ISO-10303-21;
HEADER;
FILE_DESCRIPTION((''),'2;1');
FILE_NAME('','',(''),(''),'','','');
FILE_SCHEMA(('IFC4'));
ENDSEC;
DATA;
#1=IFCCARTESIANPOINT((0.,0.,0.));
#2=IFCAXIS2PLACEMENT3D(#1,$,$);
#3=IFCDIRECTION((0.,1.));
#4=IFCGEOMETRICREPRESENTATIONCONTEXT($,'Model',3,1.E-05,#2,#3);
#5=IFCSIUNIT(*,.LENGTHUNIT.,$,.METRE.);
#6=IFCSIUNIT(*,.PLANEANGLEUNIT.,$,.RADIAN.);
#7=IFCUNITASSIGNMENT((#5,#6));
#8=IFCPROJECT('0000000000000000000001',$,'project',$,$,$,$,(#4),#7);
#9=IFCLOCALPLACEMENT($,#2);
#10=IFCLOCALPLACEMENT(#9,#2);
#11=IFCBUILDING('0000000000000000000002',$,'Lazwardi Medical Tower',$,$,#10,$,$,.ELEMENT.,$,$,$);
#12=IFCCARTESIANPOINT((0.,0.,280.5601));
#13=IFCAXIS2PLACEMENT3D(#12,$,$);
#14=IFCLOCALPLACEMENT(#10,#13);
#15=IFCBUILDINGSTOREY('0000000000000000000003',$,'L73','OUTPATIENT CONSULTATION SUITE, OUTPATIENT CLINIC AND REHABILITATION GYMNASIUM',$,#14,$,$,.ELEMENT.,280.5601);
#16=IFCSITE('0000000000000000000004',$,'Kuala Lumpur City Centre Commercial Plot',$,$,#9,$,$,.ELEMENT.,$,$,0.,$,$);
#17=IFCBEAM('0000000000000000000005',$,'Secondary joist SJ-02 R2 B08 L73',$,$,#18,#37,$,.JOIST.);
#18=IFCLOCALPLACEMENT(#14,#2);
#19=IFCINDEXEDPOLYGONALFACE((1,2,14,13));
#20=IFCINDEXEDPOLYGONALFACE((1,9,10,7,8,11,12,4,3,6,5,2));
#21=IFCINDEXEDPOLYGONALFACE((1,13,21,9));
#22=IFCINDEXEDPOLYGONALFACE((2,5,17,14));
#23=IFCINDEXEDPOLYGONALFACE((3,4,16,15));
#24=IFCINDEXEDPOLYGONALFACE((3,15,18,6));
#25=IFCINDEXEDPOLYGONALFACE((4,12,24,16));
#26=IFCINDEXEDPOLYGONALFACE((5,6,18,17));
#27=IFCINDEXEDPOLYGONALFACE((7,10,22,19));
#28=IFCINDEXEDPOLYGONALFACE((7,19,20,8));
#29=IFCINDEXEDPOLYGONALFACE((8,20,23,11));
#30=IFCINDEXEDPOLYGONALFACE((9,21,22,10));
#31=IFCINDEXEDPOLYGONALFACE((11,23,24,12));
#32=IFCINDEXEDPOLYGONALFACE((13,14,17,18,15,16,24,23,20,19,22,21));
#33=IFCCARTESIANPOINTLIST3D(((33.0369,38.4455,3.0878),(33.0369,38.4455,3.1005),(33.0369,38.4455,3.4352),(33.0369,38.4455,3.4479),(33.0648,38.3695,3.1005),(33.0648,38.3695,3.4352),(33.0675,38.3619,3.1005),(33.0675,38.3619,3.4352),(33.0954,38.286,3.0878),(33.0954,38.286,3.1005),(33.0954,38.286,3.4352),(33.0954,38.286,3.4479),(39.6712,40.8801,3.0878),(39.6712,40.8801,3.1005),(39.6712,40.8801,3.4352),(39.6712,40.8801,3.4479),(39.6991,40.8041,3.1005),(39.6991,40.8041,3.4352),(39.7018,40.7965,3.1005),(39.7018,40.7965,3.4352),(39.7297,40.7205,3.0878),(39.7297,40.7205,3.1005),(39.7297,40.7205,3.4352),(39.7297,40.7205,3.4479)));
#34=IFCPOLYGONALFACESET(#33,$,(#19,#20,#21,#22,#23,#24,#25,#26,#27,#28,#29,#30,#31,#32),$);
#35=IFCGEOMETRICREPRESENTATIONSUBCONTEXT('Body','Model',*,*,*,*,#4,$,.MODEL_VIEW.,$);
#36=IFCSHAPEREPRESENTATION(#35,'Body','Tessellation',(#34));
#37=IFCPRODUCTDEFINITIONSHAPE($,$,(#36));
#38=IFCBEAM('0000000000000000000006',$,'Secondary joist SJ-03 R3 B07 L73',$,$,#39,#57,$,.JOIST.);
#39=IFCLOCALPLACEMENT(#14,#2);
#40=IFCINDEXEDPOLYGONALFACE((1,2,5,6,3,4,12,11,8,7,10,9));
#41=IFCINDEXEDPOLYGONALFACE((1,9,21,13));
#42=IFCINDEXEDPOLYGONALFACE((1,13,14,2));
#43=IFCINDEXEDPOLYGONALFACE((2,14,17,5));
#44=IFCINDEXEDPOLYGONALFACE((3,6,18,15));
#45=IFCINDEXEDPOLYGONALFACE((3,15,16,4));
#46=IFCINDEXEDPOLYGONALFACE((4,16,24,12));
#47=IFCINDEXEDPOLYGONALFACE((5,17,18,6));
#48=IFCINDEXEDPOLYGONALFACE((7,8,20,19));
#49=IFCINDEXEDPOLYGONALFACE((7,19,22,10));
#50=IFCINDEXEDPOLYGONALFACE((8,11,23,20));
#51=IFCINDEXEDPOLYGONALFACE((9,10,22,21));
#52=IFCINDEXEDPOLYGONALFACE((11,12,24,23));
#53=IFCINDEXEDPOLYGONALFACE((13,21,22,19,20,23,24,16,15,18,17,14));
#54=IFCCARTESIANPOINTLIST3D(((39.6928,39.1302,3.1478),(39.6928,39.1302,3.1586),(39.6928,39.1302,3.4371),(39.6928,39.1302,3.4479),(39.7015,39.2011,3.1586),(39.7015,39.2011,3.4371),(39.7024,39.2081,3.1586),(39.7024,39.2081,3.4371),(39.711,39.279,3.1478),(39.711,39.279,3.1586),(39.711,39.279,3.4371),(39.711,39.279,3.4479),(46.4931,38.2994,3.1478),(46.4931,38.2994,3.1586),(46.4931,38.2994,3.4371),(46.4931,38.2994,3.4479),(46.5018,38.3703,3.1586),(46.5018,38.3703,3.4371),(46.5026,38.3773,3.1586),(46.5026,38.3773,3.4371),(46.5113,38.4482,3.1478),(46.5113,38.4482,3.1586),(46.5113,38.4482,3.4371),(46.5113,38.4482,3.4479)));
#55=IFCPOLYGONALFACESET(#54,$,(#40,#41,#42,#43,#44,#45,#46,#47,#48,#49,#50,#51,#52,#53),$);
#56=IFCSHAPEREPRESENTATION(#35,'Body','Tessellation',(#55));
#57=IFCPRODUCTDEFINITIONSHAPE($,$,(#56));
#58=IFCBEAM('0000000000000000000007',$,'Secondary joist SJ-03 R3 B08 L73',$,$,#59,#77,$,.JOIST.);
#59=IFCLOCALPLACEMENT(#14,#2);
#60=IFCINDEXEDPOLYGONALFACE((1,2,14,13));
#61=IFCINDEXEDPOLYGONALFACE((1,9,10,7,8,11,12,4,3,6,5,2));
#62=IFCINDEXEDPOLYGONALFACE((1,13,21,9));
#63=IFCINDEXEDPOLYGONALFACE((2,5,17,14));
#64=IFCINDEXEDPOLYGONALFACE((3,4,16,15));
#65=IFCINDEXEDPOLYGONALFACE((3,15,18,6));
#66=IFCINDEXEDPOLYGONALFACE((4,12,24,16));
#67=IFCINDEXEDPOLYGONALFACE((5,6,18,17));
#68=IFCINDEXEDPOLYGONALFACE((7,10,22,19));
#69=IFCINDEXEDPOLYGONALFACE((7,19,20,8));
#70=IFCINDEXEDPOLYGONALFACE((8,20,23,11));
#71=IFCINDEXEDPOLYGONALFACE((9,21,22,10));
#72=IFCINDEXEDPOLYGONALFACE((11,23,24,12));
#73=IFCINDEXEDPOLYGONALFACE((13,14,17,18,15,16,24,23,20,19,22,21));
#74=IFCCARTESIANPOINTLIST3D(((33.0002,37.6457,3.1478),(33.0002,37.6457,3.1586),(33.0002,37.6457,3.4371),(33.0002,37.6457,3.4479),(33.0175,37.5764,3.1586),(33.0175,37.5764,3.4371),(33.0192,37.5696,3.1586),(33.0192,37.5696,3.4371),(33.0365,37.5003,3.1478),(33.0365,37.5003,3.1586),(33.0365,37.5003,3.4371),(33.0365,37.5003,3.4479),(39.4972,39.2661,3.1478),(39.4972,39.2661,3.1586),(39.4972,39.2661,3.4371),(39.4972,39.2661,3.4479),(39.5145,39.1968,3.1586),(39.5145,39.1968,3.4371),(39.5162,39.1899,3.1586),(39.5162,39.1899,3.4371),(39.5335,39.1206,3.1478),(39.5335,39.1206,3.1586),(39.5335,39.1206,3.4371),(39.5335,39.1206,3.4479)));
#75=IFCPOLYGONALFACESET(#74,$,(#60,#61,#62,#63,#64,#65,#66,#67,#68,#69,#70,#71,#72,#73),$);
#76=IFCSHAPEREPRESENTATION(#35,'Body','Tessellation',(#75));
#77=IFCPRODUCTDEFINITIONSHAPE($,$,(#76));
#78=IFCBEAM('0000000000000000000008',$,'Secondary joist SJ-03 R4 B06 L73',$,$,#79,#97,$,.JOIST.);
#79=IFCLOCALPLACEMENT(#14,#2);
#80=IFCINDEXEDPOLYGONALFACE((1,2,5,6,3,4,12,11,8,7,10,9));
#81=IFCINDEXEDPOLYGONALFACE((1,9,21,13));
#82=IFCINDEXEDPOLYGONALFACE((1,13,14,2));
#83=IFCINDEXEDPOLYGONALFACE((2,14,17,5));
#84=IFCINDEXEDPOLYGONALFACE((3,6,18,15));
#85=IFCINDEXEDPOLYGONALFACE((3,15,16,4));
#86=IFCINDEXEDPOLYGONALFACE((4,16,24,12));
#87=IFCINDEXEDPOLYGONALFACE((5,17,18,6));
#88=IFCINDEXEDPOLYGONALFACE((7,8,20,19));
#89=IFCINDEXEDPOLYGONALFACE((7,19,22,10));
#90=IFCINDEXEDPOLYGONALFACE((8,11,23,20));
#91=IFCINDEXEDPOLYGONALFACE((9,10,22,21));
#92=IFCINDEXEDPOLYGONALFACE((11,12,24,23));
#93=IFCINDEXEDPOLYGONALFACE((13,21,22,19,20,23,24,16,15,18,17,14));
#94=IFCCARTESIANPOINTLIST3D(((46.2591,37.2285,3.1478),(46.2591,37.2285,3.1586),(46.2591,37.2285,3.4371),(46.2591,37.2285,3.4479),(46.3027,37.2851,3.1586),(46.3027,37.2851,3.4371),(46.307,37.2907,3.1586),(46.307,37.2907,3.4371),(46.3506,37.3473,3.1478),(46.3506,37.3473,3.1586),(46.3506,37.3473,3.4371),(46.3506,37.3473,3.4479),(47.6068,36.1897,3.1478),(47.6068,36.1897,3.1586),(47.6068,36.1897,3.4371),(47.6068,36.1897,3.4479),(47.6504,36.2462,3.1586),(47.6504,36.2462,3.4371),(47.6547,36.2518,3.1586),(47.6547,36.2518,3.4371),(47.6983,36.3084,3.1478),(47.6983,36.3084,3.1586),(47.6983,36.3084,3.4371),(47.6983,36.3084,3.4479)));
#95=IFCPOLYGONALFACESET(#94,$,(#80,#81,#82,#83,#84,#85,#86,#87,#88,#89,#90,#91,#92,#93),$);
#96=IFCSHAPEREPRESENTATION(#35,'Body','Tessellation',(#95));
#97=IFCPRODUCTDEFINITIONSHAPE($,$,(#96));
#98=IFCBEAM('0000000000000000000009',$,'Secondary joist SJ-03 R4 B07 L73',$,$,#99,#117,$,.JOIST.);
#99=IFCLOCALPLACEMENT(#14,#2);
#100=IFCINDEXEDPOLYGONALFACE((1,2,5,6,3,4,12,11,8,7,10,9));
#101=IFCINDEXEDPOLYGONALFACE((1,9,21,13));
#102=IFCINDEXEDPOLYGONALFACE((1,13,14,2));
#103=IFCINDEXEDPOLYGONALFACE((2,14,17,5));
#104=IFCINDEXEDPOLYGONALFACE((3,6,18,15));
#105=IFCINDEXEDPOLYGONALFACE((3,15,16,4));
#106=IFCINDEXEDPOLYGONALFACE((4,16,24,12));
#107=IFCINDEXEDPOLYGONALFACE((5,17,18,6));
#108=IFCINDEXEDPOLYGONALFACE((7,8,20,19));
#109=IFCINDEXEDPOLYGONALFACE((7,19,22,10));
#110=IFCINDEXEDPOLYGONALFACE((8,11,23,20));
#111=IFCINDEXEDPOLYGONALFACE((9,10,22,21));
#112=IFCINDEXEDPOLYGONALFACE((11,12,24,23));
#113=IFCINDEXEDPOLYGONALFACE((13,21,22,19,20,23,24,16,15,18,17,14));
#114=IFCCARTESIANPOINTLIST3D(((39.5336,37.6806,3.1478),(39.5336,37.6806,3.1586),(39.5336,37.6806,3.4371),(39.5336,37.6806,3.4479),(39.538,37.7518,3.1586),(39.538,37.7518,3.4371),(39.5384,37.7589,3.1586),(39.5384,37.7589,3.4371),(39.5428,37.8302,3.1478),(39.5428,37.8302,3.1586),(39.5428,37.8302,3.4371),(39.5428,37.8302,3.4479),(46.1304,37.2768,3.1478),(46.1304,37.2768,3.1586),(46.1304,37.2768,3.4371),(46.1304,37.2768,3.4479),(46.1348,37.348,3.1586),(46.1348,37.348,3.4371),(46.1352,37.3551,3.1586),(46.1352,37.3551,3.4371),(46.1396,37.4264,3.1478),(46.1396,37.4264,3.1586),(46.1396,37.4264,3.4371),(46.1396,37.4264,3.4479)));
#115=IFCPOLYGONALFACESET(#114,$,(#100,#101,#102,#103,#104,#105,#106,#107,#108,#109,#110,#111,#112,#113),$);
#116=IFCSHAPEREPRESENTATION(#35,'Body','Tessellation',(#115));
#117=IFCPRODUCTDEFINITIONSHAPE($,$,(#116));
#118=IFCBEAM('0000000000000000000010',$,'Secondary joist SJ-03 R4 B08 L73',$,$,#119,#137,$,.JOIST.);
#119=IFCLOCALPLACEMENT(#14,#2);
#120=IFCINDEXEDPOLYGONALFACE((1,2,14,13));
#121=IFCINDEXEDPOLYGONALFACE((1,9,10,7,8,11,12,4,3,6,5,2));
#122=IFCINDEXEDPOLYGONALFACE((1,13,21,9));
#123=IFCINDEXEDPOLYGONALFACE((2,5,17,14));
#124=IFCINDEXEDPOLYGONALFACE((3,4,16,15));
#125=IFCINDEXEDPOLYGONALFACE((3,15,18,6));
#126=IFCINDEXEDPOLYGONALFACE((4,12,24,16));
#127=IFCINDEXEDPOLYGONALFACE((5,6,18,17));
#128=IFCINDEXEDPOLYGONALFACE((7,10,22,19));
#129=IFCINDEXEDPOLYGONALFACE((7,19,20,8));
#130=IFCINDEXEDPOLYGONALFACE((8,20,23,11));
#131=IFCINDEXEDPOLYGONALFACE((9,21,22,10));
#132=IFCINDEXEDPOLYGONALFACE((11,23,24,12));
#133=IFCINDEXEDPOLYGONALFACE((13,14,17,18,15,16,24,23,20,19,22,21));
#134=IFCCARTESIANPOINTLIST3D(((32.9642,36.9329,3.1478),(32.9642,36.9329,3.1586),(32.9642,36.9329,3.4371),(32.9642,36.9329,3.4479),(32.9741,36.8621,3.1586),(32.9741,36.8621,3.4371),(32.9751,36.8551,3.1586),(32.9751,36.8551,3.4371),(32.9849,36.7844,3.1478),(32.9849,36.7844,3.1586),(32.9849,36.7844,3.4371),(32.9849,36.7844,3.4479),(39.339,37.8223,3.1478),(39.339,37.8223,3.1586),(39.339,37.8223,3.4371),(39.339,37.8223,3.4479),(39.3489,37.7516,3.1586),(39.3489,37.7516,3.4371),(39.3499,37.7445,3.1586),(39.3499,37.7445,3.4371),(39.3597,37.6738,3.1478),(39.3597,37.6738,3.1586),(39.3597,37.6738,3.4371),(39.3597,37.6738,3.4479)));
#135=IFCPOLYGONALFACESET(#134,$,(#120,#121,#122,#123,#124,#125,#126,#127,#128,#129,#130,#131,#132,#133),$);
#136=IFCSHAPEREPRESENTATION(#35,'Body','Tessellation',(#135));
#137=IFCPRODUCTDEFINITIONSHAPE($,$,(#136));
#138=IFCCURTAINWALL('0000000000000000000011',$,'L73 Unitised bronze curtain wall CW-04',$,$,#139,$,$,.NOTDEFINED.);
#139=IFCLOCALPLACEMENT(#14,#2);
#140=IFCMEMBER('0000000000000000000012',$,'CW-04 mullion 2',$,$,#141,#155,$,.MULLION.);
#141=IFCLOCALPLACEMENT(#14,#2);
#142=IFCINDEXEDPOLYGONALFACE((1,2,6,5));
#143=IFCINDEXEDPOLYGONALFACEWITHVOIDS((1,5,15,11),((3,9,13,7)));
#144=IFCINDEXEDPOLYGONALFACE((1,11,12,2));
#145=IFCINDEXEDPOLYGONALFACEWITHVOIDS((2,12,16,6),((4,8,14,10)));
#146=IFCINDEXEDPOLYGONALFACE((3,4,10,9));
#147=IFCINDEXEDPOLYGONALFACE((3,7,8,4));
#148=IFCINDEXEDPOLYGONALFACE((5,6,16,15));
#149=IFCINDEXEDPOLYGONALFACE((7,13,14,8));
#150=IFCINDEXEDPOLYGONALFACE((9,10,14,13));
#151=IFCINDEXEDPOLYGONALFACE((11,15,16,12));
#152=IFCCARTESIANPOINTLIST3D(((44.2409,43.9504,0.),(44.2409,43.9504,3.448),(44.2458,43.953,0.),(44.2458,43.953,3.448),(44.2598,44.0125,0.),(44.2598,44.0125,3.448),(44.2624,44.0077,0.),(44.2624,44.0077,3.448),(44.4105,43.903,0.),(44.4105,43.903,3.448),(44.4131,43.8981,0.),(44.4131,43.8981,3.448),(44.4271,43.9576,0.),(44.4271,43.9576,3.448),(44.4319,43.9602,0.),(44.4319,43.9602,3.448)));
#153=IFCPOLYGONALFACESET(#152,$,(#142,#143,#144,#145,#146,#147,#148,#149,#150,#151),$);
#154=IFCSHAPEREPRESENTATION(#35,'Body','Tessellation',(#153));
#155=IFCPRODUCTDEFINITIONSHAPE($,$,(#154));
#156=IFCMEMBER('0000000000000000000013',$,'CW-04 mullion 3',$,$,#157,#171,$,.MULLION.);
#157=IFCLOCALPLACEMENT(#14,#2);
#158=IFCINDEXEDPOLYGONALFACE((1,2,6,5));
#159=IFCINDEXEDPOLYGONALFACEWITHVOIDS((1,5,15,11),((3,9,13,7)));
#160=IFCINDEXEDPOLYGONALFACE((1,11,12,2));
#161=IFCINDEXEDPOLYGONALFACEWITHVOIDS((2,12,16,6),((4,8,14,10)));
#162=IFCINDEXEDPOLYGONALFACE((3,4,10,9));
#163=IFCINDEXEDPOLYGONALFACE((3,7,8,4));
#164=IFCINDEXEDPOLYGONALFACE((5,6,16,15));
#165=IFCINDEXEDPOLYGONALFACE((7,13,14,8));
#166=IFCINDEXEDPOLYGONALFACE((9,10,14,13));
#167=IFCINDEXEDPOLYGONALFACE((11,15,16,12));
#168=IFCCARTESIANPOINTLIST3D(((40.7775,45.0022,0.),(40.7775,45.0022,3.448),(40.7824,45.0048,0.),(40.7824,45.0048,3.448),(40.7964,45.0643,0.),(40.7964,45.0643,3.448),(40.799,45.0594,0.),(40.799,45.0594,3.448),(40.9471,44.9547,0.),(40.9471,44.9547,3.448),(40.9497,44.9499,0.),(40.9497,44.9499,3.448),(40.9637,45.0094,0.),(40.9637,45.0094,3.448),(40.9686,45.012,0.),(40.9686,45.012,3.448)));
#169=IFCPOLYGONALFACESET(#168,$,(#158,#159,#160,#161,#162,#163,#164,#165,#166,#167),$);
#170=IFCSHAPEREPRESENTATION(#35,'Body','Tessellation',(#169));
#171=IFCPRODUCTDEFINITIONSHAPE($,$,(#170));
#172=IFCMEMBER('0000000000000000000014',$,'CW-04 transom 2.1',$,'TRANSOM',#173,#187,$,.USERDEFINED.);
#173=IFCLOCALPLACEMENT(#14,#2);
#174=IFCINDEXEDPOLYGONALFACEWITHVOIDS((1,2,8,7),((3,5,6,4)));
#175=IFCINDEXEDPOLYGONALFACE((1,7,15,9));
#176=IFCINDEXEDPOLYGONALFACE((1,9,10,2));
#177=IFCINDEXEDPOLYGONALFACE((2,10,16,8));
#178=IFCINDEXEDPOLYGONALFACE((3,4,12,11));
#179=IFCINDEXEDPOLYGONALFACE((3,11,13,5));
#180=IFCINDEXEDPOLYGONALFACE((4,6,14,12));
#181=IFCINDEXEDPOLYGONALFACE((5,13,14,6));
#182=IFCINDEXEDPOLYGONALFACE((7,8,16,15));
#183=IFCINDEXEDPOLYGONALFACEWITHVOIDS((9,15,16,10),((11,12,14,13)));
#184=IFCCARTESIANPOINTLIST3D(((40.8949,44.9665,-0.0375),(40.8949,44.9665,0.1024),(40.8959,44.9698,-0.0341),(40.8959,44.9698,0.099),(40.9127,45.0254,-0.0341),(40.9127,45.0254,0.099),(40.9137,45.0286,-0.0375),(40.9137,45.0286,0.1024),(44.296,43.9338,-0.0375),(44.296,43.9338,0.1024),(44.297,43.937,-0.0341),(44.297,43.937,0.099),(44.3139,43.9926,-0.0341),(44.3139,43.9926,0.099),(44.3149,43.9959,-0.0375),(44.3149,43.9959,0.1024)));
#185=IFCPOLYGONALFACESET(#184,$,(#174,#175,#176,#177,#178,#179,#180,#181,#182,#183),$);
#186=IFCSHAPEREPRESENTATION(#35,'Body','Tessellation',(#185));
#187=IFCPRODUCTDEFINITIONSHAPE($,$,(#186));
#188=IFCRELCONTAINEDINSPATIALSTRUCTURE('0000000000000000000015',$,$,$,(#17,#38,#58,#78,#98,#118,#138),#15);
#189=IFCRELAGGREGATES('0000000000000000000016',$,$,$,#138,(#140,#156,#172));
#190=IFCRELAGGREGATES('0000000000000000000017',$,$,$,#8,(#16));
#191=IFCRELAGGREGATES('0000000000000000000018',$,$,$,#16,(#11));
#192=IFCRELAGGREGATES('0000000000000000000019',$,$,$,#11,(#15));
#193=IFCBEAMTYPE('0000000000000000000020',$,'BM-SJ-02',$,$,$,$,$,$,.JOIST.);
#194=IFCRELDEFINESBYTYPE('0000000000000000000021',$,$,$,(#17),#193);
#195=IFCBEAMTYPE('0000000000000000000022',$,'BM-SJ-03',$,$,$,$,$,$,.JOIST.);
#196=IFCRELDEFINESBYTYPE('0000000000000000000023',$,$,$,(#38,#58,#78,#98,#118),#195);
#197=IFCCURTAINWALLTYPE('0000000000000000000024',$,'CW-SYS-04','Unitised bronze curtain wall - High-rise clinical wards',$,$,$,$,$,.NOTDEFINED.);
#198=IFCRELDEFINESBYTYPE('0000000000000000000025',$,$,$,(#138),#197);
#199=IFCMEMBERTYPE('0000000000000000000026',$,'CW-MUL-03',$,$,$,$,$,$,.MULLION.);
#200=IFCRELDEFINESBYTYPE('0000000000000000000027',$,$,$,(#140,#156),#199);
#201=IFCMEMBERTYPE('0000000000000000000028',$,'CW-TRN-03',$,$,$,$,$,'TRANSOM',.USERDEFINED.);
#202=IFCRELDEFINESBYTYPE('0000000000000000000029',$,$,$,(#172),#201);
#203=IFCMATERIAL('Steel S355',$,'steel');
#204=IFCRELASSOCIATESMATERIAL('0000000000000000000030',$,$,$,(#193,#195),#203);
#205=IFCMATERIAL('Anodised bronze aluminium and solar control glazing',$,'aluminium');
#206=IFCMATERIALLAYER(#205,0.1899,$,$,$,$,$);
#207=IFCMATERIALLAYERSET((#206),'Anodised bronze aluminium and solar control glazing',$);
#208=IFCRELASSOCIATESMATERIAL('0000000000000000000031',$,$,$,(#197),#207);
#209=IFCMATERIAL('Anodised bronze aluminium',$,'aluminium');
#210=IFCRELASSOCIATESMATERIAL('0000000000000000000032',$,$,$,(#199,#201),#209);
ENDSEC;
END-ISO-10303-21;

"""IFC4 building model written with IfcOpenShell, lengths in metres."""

from ifc_helpers import new_model, si_unit, direction, frame, origin, origin_2d, place, context, subcontext, project, spatial, hollow_rectangle, i_section, extrude, material, layer, layer_set, material_profile, profile_set, type_object, element, aggregate, save


model = new_model("IFC4")

# Units and contexts
model_context = context("Model", 3, precision=1e-05, world=origin(), true_north=direction((0.0, 1.0)))
body_context = subcontext(model_context, "Body", "Model", "MODEL_VIEW")
ifc_project = project(units=[si_unit("LENGTHUNIT", "METRE"), si_unit("PLANEANGLEUNIT", "RADIAN")], contexts=[model_context])

# Site, building, storey
site_placement = place(None, origin())
site = spatial("IfcSite", under=ifc_project, at=site_placement, Name="Kuala Lumpur City Centre Commercial Plot", CompositionType="ELEMENT", RefElevation=0.0)
building_placement = place(site_placement, origin())
building = spatial("IfcBuilding", under=site, at=building_placement, Name="Lazwardi Medical Tower", CompositionType="ELEMENT")
storey_placement = place(building_placement, frame((0.0, 0.0, 280.5601)))
storey = spatial("IfcBuildingStorey", under=building, at=storey_placement, Name="L73", Description="OUTPATIENT CONSULTATION SUITE, OUTPATIENT CLINIC AND REHABILITATION GYMNASIUM", CompositionType="ELEMENT", Elevation=280.5601)

# Beams
ifc_material_1 = material(Name="Steel S355", Category="steel")
ifc_material_profile_1 = material_profile(ifc_material_1, i_section(OverallWidth=0.1699, OverallDepth=0.3601, WebThickness=0.0081, FlangeThickness=0.0127, at=origin_2d()), Name="IPE 360")
ifc_profile_set_1 = profile_set([ifc_material_profile_1], Name="Steel S355")
beam_type_1 = type_object("IfcBeamType", Name="BM-SJ-02", PredefinedType="JOIST", material=ifc_profile_set_1)
beam_1_placement = place(storey_placement, frame((39.7004, 40.8003, 3.2678), z_axis=(-0.938785, -0.344504, 0.0), x_axis=(0.344504, -0.938785, 0.0)))
element("IfcBeam", 1, at=beam_1_placement, inside=storey, type_object=beam_type_1, Name="Secondary joist SJ-02 R2 B08 L73", PredefinedType="JOIST", context=body_context, shape_type="SweptSolid", body=[
    extrude(i_section(OverallWidth=0.1699, OverallDepth=0.3601, WebThickness=0.0081, FlangeThickness=0.0127, at=origin_2d()), origin(), (0.0, 0.0, 1.0), 7.0669),
])
ifc_material_profile_2 = material_profile(ifc_material_1, i_section(OverallWidth=0.1499, OverallDepth=0.3, WebThickness=0.0071, FlangeThickness=0.0107, at=origin_2d()), Name="IPE 300")
ifc_profile_set_2 = profile_set([ifc_material_profile_2], Name="Steel S355")
beam_type_2 = type_object("IfcBeamType", Name="BM-SJ-03", PredefinedType="JOIST", material=ifc_profile_set_2)
beam_2_placement = place(storey_placement, frame((46.5022, 38.3738, 3.2979), z_axis=(-0.992619, 0.121271, 0.0), x_axis=(-0.121271, -0.992619, 0.0)))
element("IfcBeam", 2, at=beam_2_placement, inside=storey, type_object=beam_type_2, Name="Secondary joist SJ-03 R3 B07 L73", PredefinedType="JOIST", context=body_context, shape_type="SweptSolid", body=[
    extrude(i_section(OverallWidth=0.1499, OverallDepth=0.3, WebThickness=0.0071, FlangeThickness=0.0107, at=origin_2d()), origin(), (0.0, 0.0, 1.0), 6.8508),
])
beam_3_placement = place(storey_placement, frame((39.5154, 39.1934, 3.2979), z_axis=(-0.97028, -0.241987, 0.0), x_axis=(0.241987, -0.97028, 0.0)))
element("IfcBeam", 3, at=beam_3_placement, inside=storey, type_object=beam_type_2, Name="Secondary joist SJ-03 R3 B08 L73", PredefinedType="JOIST", context=body_context, shape_type="SweptSolid", body=[
    extrude(i_section(OverallWidth=0.1499, OverallDepth=0.3, WebThickness=0.0071, FlangeThickness=0.0107, at=origin_2d()), origin(), (0.0, 0.0, 1.0), 6.696),
])
beam_4_placement = place(storey_placement, frame((47.6526, 36.249, 3.2979), z_axis=(-0.79201, 0.610508, 0.0), x_axis=(-0.610508, -0.79201, 0.0)))
element("IfcBeam", 4, at=beam_4_placement, inside=storey, type_object=beam_type_2, Name="Secondary joist SJ-03 R4 B06 L73", PredefinedType="JOIST", context=body_context, shape_type="SweptSolid", body=[
    extrude(i_section(OverallWidth=0.1499, OverallDepth=0.3, WebThickness=0.0071, FlangeThickness=0.0107, at=origin_2d()), origin(), (0.0, 0.0, 1.0), 1.7017),
])
beam_5_placement = place(storey_placement, frame((46.135, 37.3516, 3.2979), z_axis=(-0.998132, 0.0611, 0.0), x_axis=(-0.0611, -0.998132, 0.0)))
element("IfcBeam", 5, at=beam_5_placement, inside=storey, type_object=beam_type_2, Name="Secondary joist SJ-03 R4 B07 L73", PredefinedType="JOIST", context=body_context, shape_type="SweptSolid", body=[
    extrude(i_section(OverallWidth=0.1499, OverallDepth=0.3, WebThickness=0.0071, FlangeThickness=0.0107, at=origin_2d()), origin(), (0.0, 0.0, 1.0), 6.6091),
])
beam_6_placement = place(storey_placement, frame((39.3494, 37.748, 3.2979), z_axis=(-0.990407, -0.138181, 0.0), x_axis=(0.138181, -0.990407, 0.0)))
element("IfcBeam", 6, at=beam_6_placement, inside=storey, type_object=beam_type_2, Name="Secondary joist SJ-03 R4 B08 L73", PredefinedType="JOIST", context=body_context, shape_type="SweptSolid", body=[
    extrude(i_section(OverallWidth=0.1499, OverallDepth=0.3, WebThickness=0.0071, FlangeThickness=0.0107, at=origin_2d()), origin(), (0.0, 0.0, 1.0), 6.4365),
])

# Curtain wall, members
ifc_material_2 = material(Name="Anodised bronze aluminium and solar control glazing", Category="aluminium")
ifc_layer_1 = layer(ifc_material_2, 0.1899)
ifc_layer_set_1 = layer_set([ifc_layer_1], Name="Anodised bronze aluminium and solar control glazing")
curtain_wall_type = type_object("IfcCurtainWallType", Name="CW-SYS-04", Description="Unitised bronze curtain wall - High-rise clinical wards", PredefinedType="NOTDEFINED", material=ifc_layer_set_1)
curtain_wall_placement = place(storey_placement, origin())
curtain_wall = element("IfcCurtainWall", 7, at=curtain_wall_placement, inside=storey, type_object=curtain_wall_type, Name="L73 Unitised bronze curtain wall CW-04", PredefinedType="NOTDEFINED")
ifc_material_3 = material(Name="Anodised bronze aluminium", Category="aluminium")
ifc_material_profile_3 = material_profile(ifc_material_3, hollow_rectangle(XDim=0.0649, YDim=0.1799, WallThickness=0.0039, at=origin_2d()), Name="ALU-MULLION 180x65x4")
ifc_profile_set_3 = profile_set([ifc_material_profile_3], Name="Anodised bronze aluminium")
member_type_1 = type_object("IfcMemberType", Name="CW-MUL-03", PredefinedType="MULLION", material=ifc_profile_set_3)
member_1_placement = place(storey_placement, frame((44.3364, 43.9553, 0.0), z_axis=(0.0, 0.0, 1.0), x_axis=(-0.290582, -0.95685, 0.0)))
member_1 = element("IfcMember", 8, at=member_1_placement, type_object=member_type_1, Name="CW-04 mullion 2", PredefinedType="MULLION", context=body_context, shape_type="SweptSolid", body=[
    extrude(hollow_rectangle(XDim=0.0649, YDim=0.1799, WallThickness=0.0039, at=origin_2d()), origin(), (0.0, 0.0, 1.0), 3.448),
])
member_2_placement = place(storey_placement, frame((40.873, 45.0071, 0.0), z_axis=(0.0, 0.0, 1.0), x_axis=(-0.290582, -0.95685, 0.0)))
member_2 = element("IfcMember", 9, at=member_2_placement, type_object=member_type_1, Name="CW-04 mullion 3", PredefinedType="MULLION", context=body_context, shape_type="SweptSolid", body=[
    extrude(hollow_rectangle(XDim=0.0649, YDim=0.1799, WallThickness=0.0039, at=origin_2d()), origin(), (0.0, 0.0, 1.0), 3.448),
])
ifc_material_profile_4 = material_profile(ifc_material_3, hollow_rectangle(XDim=0.0649, YDim=0.1399, WallThickness=0.0034, at=origin_2d()), Name="ALU-TRANSOM 140x65x3.5")
ifc_profile_set_4 = profile_set([ifc_material_profile_4], Name="Anodised bronze aluminium")
member_type_2 = type_object("IfcMemberType", Name="CW-TRN-03", ElementType="TRANSOM", PredefinedType="USERDEFINED", material=ifc_profile_set_4)
member_3_placement = place(storey_placement, frame((44.3054, 43.9648, 0.0325), z_axis=(-0.956863, 0.290541, 0.0), x_axis=(-0.290541, -0.956863, 0.0)))
member_3 = element("IfcMember", 10, at=member_3_placement, type_object=member_type_2, Name="CW-04 transom 2.1", ObjectType="TRANSOM", PredefinedType="USERDEFINED", context=body_context, shape_type="SweptSolid", body=[
    extrude(hollow_rectangle(XDim=0.0649, YDim=0.1399, WallThickness=0.0034, at=origin_2d()), origin(), (0.0, 0.0, 1.0), 3.5544),
])
aggregate(curtain_wall, [member_1, member_2, member_3])

save(model, "model.ifc")
